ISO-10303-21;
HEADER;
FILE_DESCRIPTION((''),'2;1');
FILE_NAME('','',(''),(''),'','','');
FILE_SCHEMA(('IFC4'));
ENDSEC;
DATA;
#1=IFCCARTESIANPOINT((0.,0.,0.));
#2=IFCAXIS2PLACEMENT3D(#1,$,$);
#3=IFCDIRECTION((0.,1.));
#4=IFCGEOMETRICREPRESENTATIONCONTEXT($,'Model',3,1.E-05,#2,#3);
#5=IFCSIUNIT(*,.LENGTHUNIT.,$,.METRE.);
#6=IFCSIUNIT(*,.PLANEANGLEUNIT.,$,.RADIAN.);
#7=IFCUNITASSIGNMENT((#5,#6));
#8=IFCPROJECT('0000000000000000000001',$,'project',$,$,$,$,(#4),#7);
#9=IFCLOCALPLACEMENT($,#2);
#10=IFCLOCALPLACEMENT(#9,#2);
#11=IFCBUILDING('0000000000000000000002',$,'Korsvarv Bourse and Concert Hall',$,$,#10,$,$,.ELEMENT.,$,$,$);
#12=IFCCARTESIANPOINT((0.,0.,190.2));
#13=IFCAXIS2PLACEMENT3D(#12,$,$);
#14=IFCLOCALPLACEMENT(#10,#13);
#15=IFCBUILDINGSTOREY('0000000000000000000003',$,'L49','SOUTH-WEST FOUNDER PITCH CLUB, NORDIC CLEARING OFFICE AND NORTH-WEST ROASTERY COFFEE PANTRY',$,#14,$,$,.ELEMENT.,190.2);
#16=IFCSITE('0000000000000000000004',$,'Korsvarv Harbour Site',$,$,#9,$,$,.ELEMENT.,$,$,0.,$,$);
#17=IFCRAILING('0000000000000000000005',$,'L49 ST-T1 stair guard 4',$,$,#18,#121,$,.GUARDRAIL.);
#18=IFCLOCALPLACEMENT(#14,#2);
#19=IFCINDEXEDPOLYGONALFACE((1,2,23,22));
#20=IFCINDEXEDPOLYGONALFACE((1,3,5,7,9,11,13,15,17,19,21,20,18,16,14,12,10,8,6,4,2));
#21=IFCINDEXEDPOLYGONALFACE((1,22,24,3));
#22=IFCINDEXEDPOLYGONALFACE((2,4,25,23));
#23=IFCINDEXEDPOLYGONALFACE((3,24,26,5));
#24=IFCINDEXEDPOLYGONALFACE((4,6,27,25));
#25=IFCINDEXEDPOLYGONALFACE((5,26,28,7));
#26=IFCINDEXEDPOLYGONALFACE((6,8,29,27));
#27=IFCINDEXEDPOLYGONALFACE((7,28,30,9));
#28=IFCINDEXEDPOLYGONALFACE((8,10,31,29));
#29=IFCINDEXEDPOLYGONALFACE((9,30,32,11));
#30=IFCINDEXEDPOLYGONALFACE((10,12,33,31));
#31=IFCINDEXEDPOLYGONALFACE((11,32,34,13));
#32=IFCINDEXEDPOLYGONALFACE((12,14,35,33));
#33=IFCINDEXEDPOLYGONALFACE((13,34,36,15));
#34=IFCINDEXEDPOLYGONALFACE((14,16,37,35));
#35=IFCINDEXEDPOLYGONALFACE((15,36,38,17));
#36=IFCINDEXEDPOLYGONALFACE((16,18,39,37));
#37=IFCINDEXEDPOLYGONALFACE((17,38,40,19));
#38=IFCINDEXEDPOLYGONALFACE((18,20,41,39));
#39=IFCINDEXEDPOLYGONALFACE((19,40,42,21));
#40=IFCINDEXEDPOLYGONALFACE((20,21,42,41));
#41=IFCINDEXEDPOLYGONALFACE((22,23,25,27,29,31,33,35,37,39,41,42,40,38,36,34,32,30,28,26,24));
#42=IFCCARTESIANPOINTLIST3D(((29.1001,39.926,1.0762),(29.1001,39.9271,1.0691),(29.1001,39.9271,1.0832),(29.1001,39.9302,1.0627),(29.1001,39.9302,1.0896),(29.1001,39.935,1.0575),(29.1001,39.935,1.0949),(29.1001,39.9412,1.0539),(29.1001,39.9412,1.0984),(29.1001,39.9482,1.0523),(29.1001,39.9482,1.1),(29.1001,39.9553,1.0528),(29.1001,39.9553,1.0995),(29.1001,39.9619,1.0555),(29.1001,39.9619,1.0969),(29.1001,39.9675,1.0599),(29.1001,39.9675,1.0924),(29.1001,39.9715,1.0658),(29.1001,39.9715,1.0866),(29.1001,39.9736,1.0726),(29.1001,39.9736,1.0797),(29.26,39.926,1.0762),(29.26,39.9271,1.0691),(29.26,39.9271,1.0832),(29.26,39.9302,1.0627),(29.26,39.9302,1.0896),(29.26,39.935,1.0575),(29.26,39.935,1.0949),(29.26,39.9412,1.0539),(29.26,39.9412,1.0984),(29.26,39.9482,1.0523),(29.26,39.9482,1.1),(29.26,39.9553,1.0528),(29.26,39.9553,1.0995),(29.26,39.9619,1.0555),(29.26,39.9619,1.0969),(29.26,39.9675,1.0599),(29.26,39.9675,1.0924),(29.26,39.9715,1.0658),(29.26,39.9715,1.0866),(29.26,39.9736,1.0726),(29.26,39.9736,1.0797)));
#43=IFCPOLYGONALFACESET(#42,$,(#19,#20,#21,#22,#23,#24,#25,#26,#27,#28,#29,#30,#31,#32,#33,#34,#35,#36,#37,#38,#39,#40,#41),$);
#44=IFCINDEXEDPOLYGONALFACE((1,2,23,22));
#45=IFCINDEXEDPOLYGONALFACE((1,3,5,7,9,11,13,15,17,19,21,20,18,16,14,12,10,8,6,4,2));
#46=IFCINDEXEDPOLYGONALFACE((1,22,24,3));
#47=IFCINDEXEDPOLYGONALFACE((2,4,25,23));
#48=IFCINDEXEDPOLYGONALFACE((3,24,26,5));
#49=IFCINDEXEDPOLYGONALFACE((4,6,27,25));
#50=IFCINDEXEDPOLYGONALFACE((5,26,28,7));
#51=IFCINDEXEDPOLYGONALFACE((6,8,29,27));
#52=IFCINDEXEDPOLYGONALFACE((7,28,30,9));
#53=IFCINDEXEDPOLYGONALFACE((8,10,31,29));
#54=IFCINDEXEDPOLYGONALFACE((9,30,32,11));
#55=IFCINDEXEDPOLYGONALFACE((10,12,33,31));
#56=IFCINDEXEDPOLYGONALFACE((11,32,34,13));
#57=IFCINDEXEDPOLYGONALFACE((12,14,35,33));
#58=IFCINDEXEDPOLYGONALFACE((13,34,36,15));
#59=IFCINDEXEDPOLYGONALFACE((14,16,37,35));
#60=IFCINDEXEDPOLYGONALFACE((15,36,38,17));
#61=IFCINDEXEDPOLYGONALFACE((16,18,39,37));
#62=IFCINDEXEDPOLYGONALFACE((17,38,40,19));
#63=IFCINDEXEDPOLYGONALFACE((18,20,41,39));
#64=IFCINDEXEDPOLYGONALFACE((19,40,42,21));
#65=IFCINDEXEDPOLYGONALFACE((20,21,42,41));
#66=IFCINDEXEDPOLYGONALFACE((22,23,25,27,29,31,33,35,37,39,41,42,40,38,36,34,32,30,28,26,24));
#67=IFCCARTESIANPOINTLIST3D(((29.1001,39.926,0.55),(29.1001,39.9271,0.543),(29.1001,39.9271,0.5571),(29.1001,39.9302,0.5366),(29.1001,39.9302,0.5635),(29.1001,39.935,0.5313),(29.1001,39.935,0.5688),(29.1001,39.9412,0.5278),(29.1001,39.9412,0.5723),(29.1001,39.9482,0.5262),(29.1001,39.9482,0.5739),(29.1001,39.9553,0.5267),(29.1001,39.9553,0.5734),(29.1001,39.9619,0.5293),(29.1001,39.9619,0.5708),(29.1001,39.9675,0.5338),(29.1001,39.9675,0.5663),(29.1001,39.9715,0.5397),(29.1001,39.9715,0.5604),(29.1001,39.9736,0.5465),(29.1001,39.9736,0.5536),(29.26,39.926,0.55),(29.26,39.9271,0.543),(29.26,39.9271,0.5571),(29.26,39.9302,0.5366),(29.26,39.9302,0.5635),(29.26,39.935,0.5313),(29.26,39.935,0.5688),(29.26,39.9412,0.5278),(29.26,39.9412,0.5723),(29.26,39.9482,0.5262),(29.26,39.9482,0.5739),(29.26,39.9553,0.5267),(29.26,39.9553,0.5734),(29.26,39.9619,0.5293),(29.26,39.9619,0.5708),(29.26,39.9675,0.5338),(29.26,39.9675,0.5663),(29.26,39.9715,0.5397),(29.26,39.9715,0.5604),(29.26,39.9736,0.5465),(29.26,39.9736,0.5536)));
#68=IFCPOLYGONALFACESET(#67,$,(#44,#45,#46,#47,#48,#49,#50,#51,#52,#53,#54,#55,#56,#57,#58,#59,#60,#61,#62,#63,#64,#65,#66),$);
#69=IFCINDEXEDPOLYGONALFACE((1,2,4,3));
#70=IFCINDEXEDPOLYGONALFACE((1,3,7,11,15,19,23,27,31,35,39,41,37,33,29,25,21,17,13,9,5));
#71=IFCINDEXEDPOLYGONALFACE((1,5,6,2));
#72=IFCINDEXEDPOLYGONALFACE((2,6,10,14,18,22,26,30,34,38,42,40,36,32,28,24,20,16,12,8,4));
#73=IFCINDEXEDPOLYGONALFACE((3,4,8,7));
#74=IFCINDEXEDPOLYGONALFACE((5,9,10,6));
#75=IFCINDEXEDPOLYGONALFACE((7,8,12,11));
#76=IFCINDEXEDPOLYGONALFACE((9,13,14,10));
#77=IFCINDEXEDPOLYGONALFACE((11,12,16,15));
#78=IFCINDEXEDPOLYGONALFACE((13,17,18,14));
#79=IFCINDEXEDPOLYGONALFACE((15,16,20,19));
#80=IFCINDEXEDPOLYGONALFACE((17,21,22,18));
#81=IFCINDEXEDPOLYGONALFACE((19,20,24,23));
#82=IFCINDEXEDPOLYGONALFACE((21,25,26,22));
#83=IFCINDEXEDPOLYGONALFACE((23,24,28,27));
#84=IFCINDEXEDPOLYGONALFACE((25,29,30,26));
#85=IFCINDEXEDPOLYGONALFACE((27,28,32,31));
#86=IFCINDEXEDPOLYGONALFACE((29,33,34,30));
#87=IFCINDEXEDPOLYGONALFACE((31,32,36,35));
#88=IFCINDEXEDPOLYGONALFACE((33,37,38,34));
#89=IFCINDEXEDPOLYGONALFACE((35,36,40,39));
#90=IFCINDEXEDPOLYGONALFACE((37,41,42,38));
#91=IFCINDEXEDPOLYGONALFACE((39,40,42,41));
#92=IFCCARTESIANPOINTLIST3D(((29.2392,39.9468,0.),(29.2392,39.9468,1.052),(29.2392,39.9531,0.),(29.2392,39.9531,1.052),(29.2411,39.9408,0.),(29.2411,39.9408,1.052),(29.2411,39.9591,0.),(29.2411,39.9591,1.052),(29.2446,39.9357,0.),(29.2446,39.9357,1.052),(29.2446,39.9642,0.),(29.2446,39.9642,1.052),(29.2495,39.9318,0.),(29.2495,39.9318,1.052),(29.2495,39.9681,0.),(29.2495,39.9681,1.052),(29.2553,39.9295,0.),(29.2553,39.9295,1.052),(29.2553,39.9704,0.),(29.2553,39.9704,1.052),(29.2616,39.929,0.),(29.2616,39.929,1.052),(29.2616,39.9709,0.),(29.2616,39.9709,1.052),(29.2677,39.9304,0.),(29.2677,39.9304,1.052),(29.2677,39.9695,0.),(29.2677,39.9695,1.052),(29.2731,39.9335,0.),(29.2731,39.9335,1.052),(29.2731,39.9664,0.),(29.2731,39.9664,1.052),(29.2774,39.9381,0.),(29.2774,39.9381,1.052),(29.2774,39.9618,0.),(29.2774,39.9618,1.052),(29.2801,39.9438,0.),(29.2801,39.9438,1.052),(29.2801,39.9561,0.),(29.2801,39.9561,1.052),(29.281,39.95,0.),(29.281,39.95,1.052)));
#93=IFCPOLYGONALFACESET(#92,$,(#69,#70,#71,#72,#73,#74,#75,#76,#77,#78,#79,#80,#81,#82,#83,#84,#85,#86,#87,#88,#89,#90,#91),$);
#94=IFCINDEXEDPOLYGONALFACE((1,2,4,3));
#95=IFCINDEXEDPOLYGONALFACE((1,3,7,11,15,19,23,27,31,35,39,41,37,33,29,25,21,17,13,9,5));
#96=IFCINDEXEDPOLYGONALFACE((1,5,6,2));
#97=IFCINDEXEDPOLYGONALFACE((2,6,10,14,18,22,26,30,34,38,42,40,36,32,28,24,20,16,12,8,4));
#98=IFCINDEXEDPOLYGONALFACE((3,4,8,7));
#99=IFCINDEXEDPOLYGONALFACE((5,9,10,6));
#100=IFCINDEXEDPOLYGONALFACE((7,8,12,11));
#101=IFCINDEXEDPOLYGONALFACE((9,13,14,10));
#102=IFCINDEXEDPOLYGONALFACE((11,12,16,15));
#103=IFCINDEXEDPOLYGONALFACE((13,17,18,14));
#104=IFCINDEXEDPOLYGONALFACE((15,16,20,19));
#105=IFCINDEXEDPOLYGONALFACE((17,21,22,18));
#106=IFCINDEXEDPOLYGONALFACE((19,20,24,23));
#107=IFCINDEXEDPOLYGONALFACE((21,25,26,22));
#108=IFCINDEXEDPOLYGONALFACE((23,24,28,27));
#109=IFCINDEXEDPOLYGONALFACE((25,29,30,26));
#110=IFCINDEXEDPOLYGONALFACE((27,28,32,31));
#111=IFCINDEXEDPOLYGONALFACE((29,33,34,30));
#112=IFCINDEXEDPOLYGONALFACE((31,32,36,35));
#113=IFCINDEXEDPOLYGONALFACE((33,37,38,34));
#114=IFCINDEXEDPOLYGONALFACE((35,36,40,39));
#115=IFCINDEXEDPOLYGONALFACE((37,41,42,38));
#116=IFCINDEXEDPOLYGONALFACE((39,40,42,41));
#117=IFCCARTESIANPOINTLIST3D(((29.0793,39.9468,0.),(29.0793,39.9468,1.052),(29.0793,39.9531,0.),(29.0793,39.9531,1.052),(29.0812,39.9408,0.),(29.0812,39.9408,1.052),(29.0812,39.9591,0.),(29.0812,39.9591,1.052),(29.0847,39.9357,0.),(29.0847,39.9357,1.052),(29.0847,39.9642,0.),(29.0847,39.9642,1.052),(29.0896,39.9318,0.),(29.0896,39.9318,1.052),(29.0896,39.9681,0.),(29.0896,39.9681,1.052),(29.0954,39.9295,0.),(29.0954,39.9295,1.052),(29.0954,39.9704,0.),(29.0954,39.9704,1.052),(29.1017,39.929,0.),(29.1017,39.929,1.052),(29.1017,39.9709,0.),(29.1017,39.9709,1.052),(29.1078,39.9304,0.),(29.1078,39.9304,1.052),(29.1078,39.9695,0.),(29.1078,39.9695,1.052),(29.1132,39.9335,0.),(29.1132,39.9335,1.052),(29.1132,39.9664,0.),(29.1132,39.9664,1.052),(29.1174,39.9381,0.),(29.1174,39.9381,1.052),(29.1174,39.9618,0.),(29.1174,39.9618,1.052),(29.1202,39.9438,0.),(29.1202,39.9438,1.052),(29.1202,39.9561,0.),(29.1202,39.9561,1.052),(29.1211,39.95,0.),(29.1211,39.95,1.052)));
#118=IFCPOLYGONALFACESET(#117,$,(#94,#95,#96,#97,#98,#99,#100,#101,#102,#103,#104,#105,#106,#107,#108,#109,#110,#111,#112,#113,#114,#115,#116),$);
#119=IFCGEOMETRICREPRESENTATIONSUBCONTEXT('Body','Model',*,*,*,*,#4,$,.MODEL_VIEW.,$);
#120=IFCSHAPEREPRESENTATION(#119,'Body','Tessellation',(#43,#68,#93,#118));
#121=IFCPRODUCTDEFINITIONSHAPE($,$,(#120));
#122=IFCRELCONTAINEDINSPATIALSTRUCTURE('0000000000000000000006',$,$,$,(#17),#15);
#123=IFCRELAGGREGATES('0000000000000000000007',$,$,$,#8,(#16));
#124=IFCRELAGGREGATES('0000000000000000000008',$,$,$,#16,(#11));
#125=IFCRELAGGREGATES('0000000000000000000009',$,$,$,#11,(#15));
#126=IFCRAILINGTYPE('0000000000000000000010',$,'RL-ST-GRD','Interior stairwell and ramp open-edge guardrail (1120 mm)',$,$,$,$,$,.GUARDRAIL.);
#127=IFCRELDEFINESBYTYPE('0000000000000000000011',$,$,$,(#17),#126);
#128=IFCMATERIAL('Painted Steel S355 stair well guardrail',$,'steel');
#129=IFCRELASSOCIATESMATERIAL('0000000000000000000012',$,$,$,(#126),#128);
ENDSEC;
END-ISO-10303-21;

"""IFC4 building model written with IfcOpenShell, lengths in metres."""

from ifc_helpers import new_model, si_unit, direction, frame, origin, origin_2d, place, context, subcontext, project, spatial, circle, extrude, material, type_object, element, save


model = new_model("IFC4")

# Units and contexts
model_context = context("Model", 3, precision=1e-05, world=origin(), true_north=direction((0.0, 1.0)))
body_context = subcontext(model_context, "Body", "Model", "MODEL_VIEW")
ifc_project = project(units=[si_unit("LENGTHUNIT", "METRE"), si_unit("PLANEANGLEUNIT", "RADIAN")], contexts=[model_context])

# Site, building, storey
site_placement = place(None, origin())
site = spatial("IfcSite", under=ifc_project, at=site_placement, Name="Korsvarv Harbour Site", CompositionType="ELEMENT", RefElevation=0.0)
building_placement = place(site_placement, origin())
building = spatial("IfcBuilding", under=site, at=building_placement, Name="Korsvarv Bourse and Concert Hall", CompositionType="ELEMENT")
storey_placement = place(building_placement, frame((0.0, 0.0, 190.2)))
storey = spatial("IfcBuildingStorey", under=building, at=storey_placement, Name="L49", Description="SOUTH-WEST FOUNDER PITCH CLUB, NORDIC CLEARING OFFICE AND NORTH-WEST ROASTERY COFFEE PANTRY", CompositionType="ELEMENT", Elevation=190.2)

# Railing
ifc_material_1 = material(Name="Painted Steel S355 stair well guardrail", Category="steel")
railing_type_1 = type_object("IfcRailingType", Name="RL-ST-GRD", Description="Interior stairwell and ramp open-edge guardrail (1120 mm)", PredefinedType="GUARDRAIL", material=ifc_material_1)
railing_1_placement = place(storey_placement, frame((29.26, 39.95, 0.0)))
element("IfcRailing", 1, at=railing_1_placement, inside=storey, type_object=railing_type_1, Name="L49 ST-T1 stair guard 4", PredefinedType="GUARDRAIL", context=body_context, shape_type="SweptSolid", body=[
    extrude(circle(Radius=0.0239, at=origin_2d()), frame((0.0, 0.0, 1.0762), z_axis=(-1.0, 0.0, 0.0), x_axis=(0.0, -1.0, 0.0)), (0.0, 0.0, 1.0), 0.1599),
    extrude(circle(Radius=0.0239, at=origin_2d()), frame((0.0, 0.0, 0.55), z_axis=(-1.0, 0.0, 0.0), x_axis=(0.0, -1.0, 0.0)), (0.0, 0.0, 1.0), 0.1599),
    extrude(circle(Radius=0.021, at=origin_2d()), origin(), (0.0, 0.0, 1.0), 1.052),
    extrude(circle(Radius=0.021, at=origin_2d()), frame((-0.1599, 0.0, 0.0)), (0.0, 0.0, 1.0), 1.052),
])

save(model, "model.ifc")
